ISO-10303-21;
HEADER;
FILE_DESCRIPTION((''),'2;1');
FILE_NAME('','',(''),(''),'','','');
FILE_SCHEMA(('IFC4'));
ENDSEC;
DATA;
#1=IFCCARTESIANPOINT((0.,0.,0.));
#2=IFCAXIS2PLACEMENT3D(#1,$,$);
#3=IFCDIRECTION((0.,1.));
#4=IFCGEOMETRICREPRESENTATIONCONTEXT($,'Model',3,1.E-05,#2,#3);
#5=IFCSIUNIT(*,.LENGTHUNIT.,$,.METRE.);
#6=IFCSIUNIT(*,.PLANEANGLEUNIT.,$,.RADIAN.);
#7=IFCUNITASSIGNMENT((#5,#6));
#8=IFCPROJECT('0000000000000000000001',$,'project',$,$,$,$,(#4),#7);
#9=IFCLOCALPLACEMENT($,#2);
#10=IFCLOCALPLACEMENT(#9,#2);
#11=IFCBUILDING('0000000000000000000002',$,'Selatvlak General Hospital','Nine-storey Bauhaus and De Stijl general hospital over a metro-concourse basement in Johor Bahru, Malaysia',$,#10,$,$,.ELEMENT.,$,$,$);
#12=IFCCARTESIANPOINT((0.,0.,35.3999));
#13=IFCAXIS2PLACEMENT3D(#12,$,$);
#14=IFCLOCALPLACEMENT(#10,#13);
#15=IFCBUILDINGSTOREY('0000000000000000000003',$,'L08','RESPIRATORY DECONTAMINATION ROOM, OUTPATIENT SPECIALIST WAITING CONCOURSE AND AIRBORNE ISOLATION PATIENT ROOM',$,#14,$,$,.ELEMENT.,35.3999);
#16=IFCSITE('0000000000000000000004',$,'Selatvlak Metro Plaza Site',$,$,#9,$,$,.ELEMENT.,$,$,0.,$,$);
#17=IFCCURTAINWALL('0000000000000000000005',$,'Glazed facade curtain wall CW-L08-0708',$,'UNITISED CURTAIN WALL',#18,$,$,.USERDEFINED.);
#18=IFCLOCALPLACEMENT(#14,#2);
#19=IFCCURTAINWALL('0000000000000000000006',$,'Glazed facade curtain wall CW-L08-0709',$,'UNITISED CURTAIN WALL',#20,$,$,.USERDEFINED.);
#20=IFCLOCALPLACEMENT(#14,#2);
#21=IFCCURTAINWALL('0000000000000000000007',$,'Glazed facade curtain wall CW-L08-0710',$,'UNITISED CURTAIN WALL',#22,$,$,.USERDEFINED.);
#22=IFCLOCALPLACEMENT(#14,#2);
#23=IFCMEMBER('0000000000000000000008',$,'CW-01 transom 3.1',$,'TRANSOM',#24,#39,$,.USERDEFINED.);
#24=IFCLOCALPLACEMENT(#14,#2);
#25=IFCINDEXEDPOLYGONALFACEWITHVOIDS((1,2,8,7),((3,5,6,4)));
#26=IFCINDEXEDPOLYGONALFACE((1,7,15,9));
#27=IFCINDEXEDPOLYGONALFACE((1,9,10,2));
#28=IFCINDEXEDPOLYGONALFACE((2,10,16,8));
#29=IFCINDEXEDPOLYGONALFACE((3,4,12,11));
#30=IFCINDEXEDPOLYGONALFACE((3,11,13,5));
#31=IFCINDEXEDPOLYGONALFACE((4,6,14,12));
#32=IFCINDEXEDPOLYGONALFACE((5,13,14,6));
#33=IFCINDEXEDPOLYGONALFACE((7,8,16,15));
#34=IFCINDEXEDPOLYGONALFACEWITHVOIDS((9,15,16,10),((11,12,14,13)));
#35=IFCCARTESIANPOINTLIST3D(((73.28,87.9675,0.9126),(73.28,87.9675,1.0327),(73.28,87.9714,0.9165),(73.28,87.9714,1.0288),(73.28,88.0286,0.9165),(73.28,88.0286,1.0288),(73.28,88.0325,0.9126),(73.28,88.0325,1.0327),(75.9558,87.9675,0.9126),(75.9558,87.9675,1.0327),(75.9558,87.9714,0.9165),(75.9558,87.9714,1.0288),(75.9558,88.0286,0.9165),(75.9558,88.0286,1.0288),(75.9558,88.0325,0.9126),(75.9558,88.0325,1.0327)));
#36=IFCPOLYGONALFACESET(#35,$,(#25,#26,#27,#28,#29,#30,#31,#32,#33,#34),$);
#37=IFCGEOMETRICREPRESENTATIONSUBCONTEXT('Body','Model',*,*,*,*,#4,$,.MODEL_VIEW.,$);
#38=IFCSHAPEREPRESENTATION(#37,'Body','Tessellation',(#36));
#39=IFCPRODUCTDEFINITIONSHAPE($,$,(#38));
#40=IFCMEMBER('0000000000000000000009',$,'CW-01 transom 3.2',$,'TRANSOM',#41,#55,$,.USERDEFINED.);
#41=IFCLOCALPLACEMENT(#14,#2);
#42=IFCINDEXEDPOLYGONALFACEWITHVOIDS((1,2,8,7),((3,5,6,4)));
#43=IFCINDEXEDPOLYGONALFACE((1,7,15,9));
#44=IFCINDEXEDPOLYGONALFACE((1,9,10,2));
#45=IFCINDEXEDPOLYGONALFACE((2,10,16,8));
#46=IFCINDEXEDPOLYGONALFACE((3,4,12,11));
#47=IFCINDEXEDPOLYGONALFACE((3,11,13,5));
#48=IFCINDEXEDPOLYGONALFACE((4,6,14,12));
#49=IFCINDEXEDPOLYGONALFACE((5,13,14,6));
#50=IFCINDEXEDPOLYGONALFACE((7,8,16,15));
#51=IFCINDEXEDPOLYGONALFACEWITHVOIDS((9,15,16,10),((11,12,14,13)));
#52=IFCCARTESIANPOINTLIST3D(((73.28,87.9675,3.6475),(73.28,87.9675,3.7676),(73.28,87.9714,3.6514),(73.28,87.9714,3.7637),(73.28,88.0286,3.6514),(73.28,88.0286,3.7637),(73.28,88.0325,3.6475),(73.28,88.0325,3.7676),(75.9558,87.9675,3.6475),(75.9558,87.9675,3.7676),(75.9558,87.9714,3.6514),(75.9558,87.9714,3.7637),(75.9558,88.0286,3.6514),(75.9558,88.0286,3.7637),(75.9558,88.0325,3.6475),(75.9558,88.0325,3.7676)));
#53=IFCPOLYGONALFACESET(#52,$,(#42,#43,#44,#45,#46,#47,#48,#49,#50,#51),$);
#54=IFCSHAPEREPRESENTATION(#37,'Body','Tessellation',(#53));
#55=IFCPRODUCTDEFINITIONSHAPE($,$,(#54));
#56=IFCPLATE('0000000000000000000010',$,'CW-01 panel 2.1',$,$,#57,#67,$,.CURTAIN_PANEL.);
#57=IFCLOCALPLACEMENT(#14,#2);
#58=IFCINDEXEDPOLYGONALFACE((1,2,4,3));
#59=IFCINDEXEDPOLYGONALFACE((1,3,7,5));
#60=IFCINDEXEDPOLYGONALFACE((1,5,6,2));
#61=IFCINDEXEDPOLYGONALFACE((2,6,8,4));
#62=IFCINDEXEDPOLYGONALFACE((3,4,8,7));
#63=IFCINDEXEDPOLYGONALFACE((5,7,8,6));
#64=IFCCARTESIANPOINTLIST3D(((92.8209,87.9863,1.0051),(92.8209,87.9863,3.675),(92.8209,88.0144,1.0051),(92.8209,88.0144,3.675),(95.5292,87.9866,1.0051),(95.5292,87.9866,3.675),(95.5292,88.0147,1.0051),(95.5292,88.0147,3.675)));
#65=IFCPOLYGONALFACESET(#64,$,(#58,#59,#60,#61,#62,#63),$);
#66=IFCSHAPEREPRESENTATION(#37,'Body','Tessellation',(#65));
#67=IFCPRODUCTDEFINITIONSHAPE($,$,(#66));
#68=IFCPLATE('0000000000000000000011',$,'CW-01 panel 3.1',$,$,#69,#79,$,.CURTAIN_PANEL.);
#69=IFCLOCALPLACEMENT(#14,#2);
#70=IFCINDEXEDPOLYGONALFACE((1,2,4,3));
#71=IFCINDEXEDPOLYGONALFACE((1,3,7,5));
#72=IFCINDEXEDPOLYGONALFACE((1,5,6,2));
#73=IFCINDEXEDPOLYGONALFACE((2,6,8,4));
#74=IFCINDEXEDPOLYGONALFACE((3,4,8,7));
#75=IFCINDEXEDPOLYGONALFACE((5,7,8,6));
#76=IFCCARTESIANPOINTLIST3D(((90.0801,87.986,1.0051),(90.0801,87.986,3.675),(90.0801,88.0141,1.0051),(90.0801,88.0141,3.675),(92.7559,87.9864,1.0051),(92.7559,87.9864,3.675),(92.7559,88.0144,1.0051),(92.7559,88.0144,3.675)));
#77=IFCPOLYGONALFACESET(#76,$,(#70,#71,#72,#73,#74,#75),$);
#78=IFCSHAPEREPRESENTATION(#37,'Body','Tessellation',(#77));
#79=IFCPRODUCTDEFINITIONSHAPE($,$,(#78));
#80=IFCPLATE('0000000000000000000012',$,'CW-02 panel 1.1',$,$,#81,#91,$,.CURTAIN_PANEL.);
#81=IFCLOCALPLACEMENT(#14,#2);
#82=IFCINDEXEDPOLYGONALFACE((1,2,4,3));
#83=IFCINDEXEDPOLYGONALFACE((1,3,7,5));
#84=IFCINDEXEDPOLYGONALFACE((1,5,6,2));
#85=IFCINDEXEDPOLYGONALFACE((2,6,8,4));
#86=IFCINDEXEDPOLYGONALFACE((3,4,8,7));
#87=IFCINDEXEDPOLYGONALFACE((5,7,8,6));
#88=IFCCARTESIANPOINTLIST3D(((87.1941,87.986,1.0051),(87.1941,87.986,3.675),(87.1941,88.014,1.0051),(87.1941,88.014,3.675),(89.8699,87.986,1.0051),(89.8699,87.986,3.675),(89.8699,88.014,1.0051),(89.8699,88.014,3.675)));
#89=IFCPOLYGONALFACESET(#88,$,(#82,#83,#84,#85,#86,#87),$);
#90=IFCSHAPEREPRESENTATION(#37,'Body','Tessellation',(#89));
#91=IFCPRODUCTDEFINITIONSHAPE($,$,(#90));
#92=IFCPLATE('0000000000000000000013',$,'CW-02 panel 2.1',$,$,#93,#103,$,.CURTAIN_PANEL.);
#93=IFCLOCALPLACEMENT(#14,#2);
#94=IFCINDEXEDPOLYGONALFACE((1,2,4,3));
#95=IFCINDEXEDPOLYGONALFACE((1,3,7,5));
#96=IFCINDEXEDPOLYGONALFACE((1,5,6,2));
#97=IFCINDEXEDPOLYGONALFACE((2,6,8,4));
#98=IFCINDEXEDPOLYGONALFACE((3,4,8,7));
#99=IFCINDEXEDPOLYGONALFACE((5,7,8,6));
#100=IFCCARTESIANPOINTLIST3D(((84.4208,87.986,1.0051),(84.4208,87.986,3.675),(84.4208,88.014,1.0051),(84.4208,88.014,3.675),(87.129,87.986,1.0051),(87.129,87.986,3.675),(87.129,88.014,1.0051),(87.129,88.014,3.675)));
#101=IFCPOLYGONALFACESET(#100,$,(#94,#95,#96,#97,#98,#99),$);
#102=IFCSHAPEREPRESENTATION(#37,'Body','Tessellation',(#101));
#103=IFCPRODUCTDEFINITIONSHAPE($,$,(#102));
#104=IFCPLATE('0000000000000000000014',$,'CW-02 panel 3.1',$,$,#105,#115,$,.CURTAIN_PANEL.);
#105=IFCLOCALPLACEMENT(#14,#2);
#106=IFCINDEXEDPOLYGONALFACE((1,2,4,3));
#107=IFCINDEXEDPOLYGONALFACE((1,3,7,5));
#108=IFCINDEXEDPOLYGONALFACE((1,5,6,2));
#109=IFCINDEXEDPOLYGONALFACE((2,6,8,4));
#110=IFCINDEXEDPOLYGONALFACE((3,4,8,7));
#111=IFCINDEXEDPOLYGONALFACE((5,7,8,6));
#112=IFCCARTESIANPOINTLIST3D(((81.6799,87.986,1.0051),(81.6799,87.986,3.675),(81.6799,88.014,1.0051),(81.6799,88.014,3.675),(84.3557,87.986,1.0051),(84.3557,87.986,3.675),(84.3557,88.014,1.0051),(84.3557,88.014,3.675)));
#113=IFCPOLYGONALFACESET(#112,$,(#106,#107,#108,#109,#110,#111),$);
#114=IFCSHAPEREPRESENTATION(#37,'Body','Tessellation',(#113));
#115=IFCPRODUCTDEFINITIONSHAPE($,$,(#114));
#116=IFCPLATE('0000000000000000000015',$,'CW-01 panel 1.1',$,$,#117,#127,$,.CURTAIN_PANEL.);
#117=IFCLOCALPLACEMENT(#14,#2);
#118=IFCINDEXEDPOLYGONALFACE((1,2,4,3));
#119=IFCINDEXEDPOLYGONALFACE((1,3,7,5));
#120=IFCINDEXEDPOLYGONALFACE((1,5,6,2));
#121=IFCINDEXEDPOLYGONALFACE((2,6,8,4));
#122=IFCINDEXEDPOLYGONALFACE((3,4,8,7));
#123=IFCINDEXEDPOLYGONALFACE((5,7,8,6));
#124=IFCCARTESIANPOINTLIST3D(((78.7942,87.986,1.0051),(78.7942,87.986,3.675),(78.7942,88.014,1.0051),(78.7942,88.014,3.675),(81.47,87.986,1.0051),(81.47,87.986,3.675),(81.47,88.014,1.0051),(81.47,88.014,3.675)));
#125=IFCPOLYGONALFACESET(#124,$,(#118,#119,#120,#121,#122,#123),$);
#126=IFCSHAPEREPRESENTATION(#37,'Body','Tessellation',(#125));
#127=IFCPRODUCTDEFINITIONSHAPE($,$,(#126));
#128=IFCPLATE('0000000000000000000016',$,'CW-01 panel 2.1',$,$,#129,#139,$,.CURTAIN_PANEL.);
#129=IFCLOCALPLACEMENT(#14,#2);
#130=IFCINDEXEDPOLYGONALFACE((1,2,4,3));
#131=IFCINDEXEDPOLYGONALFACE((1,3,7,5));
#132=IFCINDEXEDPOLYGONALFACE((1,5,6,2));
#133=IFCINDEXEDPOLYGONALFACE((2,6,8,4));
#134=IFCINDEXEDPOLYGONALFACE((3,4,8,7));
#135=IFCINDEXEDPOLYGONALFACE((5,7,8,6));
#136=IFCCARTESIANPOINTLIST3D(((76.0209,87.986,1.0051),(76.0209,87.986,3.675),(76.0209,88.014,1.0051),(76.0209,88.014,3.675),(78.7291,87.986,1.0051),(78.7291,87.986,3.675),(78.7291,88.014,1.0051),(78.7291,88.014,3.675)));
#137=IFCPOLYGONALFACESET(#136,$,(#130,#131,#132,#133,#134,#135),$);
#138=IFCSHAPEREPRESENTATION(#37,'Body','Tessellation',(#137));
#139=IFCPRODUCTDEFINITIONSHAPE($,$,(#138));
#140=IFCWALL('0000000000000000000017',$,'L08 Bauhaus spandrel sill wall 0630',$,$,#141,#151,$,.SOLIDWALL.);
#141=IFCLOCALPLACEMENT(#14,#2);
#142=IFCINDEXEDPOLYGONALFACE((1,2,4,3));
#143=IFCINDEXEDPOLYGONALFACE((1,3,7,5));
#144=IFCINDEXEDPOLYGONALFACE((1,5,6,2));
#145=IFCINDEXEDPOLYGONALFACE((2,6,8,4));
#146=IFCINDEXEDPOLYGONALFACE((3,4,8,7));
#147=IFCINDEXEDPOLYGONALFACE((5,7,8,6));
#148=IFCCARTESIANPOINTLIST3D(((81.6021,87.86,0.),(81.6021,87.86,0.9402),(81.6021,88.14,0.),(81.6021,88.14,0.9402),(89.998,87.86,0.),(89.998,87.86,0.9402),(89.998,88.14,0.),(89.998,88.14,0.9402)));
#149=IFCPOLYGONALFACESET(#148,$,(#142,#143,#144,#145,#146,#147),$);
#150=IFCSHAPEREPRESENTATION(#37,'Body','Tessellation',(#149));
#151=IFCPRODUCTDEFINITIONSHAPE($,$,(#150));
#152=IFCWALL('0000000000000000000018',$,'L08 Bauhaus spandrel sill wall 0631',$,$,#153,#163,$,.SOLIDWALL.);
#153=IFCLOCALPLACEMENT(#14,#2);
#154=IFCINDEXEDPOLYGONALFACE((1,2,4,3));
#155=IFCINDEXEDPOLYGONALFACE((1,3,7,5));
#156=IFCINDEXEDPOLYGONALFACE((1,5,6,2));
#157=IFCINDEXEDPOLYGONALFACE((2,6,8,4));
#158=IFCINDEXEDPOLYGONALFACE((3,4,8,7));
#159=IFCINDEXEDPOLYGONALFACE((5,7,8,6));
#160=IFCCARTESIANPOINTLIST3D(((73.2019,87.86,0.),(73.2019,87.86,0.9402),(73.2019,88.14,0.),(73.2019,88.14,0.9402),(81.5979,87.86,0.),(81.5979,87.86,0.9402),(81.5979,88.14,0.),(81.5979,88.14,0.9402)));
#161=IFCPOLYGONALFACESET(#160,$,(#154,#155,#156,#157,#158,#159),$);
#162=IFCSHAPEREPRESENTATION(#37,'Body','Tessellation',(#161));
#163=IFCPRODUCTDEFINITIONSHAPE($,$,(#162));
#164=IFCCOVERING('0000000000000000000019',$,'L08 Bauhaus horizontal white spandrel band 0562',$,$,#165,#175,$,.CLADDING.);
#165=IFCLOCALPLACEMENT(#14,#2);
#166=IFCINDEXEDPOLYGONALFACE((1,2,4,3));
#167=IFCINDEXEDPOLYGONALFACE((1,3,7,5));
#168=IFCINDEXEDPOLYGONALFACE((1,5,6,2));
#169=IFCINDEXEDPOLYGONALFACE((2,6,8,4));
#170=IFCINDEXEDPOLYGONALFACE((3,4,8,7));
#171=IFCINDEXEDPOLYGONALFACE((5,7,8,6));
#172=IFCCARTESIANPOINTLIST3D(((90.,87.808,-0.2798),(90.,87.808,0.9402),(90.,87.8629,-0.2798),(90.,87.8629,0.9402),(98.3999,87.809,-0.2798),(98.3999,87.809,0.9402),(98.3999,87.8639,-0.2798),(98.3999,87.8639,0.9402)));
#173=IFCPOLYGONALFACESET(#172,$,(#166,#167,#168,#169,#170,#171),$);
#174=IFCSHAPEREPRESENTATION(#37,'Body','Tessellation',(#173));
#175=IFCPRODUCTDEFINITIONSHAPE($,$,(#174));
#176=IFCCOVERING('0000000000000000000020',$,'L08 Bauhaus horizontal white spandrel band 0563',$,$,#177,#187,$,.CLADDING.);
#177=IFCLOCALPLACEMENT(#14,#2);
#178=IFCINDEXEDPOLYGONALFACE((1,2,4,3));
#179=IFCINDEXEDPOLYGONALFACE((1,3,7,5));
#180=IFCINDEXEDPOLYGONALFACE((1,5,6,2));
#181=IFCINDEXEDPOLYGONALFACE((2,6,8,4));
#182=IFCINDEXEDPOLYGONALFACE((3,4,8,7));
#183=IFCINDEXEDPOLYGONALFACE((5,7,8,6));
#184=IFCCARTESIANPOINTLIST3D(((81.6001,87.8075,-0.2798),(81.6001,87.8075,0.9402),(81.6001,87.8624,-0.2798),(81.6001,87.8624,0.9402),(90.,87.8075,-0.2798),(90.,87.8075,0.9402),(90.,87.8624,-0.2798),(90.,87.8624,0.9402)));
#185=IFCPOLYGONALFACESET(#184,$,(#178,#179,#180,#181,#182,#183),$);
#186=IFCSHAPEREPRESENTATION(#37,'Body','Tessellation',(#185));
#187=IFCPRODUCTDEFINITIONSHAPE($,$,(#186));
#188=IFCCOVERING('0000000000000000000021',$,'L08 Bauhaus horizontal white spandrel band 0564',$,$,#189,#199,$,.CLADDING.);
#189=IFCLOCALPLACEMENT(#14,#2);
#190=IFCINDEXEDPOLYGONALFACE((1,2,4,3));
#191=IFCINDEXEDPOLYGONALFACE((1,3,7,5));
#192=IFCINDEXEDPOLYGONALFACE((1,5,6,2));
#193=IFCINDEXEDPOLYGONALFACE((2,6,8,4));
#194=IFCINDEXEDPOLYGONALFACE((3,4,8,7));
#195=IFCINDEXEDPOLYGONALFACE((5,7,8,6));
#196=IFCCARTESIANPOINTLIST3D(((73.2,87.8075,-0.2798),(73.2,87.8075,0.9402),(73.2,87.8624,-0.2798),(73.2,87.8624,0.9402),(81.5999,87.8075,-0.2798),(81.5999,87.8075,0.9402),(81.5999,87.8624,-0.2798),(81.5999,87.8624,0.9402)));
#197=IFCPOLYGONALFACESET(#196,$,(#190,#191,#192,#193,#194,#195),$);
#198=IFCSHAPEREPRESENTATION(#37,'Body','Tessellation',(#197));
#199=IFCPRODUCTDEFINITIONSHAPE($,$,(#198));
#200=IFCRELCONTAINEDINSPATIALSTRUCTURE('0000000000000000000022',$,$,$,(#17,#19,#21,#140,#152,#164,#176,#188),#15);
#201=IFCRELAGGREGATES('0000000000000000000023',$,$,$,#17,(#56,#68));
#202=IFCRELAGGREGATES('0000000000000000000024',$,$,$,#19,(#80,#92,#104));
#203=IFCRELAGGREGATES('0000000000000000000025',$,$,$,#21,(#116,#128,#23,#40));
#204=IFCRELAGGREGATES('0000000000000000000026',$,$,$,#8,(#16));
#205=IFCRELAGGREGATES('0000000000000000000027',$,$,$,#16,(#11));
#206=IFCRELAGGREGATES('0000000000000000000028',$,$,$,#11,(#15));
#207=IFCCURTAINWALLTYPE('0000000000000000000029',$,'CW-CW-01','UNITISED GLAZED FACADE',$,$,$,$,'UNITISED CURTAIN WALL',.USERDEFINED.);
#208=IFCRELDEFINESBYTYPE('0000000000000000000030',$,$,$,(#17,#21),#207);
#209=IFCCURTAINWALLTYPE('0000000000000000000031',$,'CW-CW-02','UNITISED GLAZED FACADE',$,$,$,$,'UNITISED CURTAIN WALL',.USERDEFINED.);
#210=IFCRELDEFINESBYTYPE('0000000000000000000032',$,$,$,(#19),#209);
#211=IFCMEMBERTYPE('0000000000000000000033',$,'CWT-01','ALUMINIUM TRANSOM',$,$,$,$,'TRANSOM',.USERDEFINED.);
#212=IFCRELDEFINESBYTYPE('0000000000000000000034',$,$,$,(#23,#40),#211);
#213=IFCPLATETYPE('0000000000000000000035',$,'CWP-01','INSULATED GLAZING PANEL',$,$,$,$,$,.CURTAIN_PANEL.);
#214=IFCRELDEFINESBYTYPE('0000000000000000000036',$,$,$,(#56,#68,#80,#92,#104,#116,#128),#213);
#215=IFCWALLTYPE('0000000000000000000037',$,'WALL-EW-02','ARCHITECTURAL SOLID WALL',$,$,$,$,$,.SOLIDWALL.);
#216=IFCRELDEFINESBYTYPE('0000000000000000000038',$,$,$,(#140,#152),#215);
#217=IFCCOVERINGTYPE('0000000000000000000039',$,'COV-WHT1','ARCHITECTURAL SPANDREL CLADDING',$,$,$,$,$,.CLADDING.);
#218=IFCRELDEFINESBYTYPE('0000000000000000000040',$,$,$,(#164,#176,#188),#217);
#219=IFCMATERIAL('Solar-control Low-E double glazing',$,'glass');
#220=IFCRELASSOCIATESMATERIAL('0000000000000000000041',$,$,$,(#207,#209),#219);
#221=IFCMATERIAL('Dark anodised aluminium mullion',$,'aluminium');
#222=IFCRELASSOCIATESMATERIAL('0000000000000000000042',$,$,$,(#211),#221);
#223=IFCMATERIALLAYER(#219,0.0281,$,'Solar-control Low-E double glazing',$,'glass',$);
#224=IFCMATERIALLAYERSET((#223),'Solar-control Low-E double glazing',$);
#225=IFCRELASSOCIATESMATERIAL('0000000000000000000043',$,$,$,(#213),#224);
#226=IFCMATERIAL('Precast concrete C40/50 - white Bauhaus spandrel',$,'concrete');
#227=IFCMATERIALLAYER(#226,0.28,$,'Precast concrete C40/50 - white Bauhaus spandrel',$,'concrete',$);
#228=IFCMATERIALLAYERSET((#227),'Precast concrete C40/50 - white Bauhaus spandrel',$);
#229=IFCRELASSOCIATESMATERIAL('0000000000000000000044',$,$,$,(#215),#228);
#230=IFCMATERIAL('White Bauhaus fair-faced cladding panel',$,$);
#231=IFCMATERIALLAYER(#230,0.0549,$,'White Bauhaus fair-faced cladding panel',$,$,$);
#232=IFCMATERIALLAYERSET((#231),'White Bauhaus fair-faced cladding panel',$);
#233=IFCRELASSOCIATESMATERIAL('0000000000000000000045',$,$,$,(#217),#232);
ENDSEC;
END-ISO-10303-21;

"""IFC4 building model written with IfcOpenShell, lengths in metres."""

from ifc_helpers import new_model, si_unit, direction, frame, frame_2d, origin, origin_2d, place, context, subcontext, project, spatial, rectangle, hollow_rectangle, extrude, material, layer, layer_set, material_profile, profile_set, type_object, element, aggregate, save


model = new_model("IFC4")

# Units and contexts
model_context = context("Model", 3, precision=1e-05, world=origin(), true_north=direction((0.0, 1.0)))
body_context = subcontext(model_context, "Body", "Model", "MODEL_VIEW")
ifc_project = project(units=[si_unit("LENGTHUNIT", "METRE"), si_unit("PLANEANGLEUNIT", "RADIAN")], contexts=[model_context])

# Site, building, storey
site_placement = place(None, origin())
site = spatial("IfcSite", under=ifc_project, at=site_placement, Name="Selatvlak Metro Plaza Site", CompositionType="ELEMENT", RefElevation=0.0)
building_placement = place(site_placement, origin())
building = spatial("IfcBuilding", under=site, at=building_placement, Name="Selatvlak General Hospital", Description="Nine-storey Bauhaus and De Stijl general hospital over a metro-concourse basement in Johor Bahru, Malaysia", CompositionType="ELEMENT")
storey_placement = place(building_placement, frame((0.0, 0.0, 35.3999)))
storey = spatial("IfcBuildingStorey", under=building, at=storey_placement, Name="L08", Description="RESPIRATORY DECONTAMINATION ROOM, OUTPATIENT SPECIALIST WAITING CONCOURSE AND AIRBORNE ISOLATION PATIENT ROOM", CompositionType="ELEMENT", Elevation=35.3999)

# Curtain walls
ifc_material_1 = material(Name="Solar-control Low-E double glazing", Category="glass")
curtain_wall_type_1 = type_object("IfcCurtainWallType", Name="CW-CW-01", Description="UNITISED GLAZED FACADE", ElementType="UNITISED CURTAIN WALL", PredefinedType="USERDEFINED", material=ifc_material_1)
curtain_wall_1_placement = place(storey_placement, origin())
curtain_wall_1 = element("IfcCurtainWall", 1, at=curtain_wall_1_placement, inside=storey, type_object=curtain_wall_type_1, Name="Glazed facade curtain wall CW-L08-0708", ObjectType="UNITISED CURTAIN WALL", PredefinedType="USERDEFINED")
ifc_material_2 = material(Name="Dark anodised aluminium mullion", Category="aluminium")
curtain_wall_type_2 = type_object("IfcCurtainWallType", Name="CW-CW-02", Description="UNITISED GLAZED FACADE", ElementType="UNITISED CURTAIN WALL", PredefinedType="USERDEFINED", material=ifc_material_1)
curtain_wall_2_placement = place(storey_placement, origin())
curtain_wall_2 = element("IfcCurtainWall", 2, at=curtain_wall_2_placement, inside=storey, type_object=curtain_wall_type_2, Name="Glazed facade curtain wall CW-L08-0709", ObjectType="UNITISED CURTAIN WALL", PredefinedType="USERDEFINED")
curtain_wall_3_placement = place(storey_placement, origin())
curtain_wall_3 = element("IfcCurtainWall", 3, at=curtain_wall_3_placement, inside=storey, type_object=curtain_wall_type_1, Name="Glazed facade curtain wall CW-L08-0710", ObjectType="UNITISED CURTAIN WALL", PredefinedType="USERDEFINED")

# Members
ifc_material_profile_1 = material_profile(ifc_material_2, hollow_rectangle(XDim=0.0649, YDim=0.1201, WallThickness=0.0039, at=origin_2d()), Name="AL-TRN 65x120x4")
ifc_profile_set_1 = profile_set([ifc_material_profile_1], Name="Dark anodised aluminium mullion")
member_type_1 = type_object("IfcMemberType", Name="CWT-01", Description="ALUMINIUM TRANSOM", ElementType="TRANSOM", PredefinedType="USERDEFINED", material=ifc_profile_set_1)
member_1_placement = place(storey_placement, frame((75.9558, 88.0, 0.9727), z_axis=(-1.0, 0.0, 0.0), x_axis=(0.0, -1.0, 0.0)))
member_1 = element("IfcMember", 4, at=member_1_placement, type_object=member_type_1, Name="CW-01 transom 3.1", ObjectType="TRANSOM", PredefinedType="USERDEFINED", context=body_context, shape_type="SweptSolid", body=[
    extrude(hollow_rectangle(XDim=0.0649, YDim=0.1201, WallThickness=0.0039, at=origin_2d()), origin(), (0.0, 0.0, 1.0), 2.6758),
])
member_2_placement = place(storey_placement, frame((75.9558, 88.0, 3.7075), z_axis=(-1.0, 0.0, 0.0), x_axis=(0.0, -1.0, 0.0)))
member_2 = element("IfcMember", 5, at=member_2_placement, type_object=member_type_1, Name="CW-01 transom 3.2", ObjectType="TRANSOM", PredefinedType="USERDEFINED", context=body_context, shape_type="SweptSolid", body=[
    extrude(hollow_rectangle(XDim=0.0649, YDim=0.1201, WallThickness=0.0039, at=origin_2d()), origin(), (0.0, 0.0, 1.0), 2.6758),
])

# Plates
ifc_layer_1 = layer(ifc_material_1, 0.0281, Name="Solar-control Low-E double glazing", Category="glass")
ifc_layer_set_1 = layer_set([ifc_layer_1], Name="Solar-control Low-E double glazing")
plate_type = type_object("IfcPlateType", Name="CWP-01", Description="INSULATED GLAZING PANEL", PredefinedType="CURTAIN_PANEL", material=ifc_layer_set_1)
plate_1_placement = place(storey_placement, frame((94.175, 88.0005, 1.0051), z_axis=(0.0, 0.0, 1.0), x_axis=(-1.0, -0.00012, 0.0)))
plate_1 = element("IfcPlate", 6, at=plate_1_placement, type_object=plate_type, Name="CW-01 panel 2.1", PredefinedType="CURTAIN_PANEL", context=body_context, shape_type="SweptSolid", body=[
    extrude(rectangle(XDim=2.7083, YDim=0.0281, at=origin_2d()), origin(), (0.0, 0.0, 1.0), 2.6699),
])
plate_2_placement = place(storey_placement, frame((91.418, 88.0002, 1.0051), z_axis=(0.0, 0.0, 1.0), x_axis=(-1.0, -0.00012, 0.0)))
plate_2 = element("IfcPlate", 7, at=plate_2_placement, type_object=plate_type, Name="CW-01 panel 3.1", PredefinedType="CURTAIN_PANEL", context=body_context, shape_type="SweptSolid", body=[
    extrude(rectangle(XDim=2.6758, YDim=0.0281, at=origin_2d()), origin(), (0.0, 0.0, 1.0), 2.6699),
])
aggregate(curtain_wall_1, [plate_1, plate_2])
plate_3_placement = place(storey_placement, frame((88.532, 88.0, 1.0051), z_axis=(0.0, 0.0, 1.0), x_axis=(-1.0, 0.0, 0.0)))
plate_3 = element("IfcPlate", 8, at=plate_3_placement, type_object=plate_type, Name="CW-02 panel 1.1", PredefinedType="CURTAIN_PANEL", context=body_context, shape_type="SweptSolid", body=[
    extrude(rectangle(XDim=2.6758, YDim=0.0281, at=origin_2d()), origin(), (0.0, 0.0, 1.0), 2.6699),
])
plate_4_placement = place(storey_placement, frame((85.7749, 88.0, 1.0051), z_axis=(0.0, 0.0, 1.0), x_axis=(-1.0, 0.0, 0.0)))
plate_4 = element("IfcPlate", 9, at=plate_4_placement, type_object=plate_type, Name="CW-02 panel 2.1", PredefinedType="CURTAIN_PANEL", context=body_context, shape_type="SweptSolid", body=[
    extrude(rectangle(XDim=2.7083, YDim=0.0281, at=origin_2d()), origin(), (0.0, 0.0, 1.0), 2.6699),
])
plate_5_placement = place(storey_placement, frame((83.0178, 88.0, 1.0051), z_axis=(0.0, 0.0, 1.0), x_axis=(-1.0, 0.0, 0.0)))
plate_5 = element("IfcPlate", 10, at=plate_5_placement, type_object=plate_type, Name="CW-02 panel 3.1", PredefinedType="CURTAIN_PANEL", context=body_context, shape_type="SweptSolid", body=[
    extrude(rectangle(XDim=2.6758, YDim=0.0281, at=origin_2d()), origin(), (0.0, 0.0, 1.0), 2.6699),
])
aggregate(curtain_wall_2, [plate_3, plate_4, plate_5])
plate_6_placement = place(storey_placement, frame((80.1321, 88.0, 1.0051), z_axis=(0.0, 0.0, 1.0), x_axis=(-1.0, 0.0, 0.0)))
plate_6 = element("IfcPlate", 11, at=plate_6_placement, type_object=plate_type, Name="CW-01 panel 1.1", PredefinedType="CURTAIN_PANEL", context=body_context, shape_type="SweptSolid", body=[
    extrude(rectangle(XDim=2.6758, YDim=0.0281, at=origin_2d()), origin(), (0.0, 0.0, 1.0), 2.6699),
])
plate_7_placement = place(storey_placement, frame((77.375, 88.0, 1.0051), z_axis=(0.0, 0.0, 1.0), x_axis=(-1.0, 0.0, 0.0)))
plate_7 = element("IfcPlate", 12, at=plate_7_placement, type_object=plate_type, Name="CW-01 panel 2.1", PredefinedType="CURTAIN_PANEL", context=body_context, shape_type="SweptSolid", body=[
    extrude(rectangle(XDim=2.7083, YDim=0.0281, at=origin_2d()), origin(), (0.0, 0.0, 1.0), 2.6699),
])
aggregate(curtain_wall_3, [plate_6, plate_7, member_1, member_2])

# Walls
ifc_material_3 = material(Name="Precast concrete C40/50 - white Bauhaus spandrel", Category="concrete")
ifc_layer_2 = layer(ifc_material_3, 0.28, Name="Precast concrete C40/50 - white Bauhaus spandrel", Category="concrete")
ifc_layer_set_2 = layer_set([ifc_layer_2], Name="Precast concrete C40/50 - white Bauhaus spandrel")
wall_type = type_object("IfcWallType", Name="WALL-EW-02", Description="ARCHITECTURAL SOLID WALL", PredefinedType="SOLIDWALL", material=ifc_layer_set_2)
for number, where, z_axis, x_axis, name in (
    (13, (89.998, 88.0, 0.0), (0.0, 0.0, 1.0), (-1.0, 0.0, 0.0), "L08 Bauhaus spandrel sill wall 0630"),
    (14, (81.5979, 88.0, 0.0), (0.0, 0.0, 1.0), (-1.0, 0.0, 0.0), "L08 Bauhaus spandrel sill wall 0631"),
):
    element("IfcWall", number, at=place(storey_placement, frame(where, z_axis=z_axis, x_axis=x_axis)), inside=storey, type_object=wall_type, Name=name, PredefinedType="SOLIDWALL", context=body_context, shape_type="SweptSolid", body=[
        extrude(rectangle(XDim=8.396, YDim=0.28, at=frame_2d((4.198, 0.0))), origin(), (0.0, 0.0, 1.0), 0.9402),
    ])

# Coverings
ifc_material_4 = material(Name="White Bauhaus fair-faced cladding panel")
ifc_layer_3 = layer(ifc_material_4, 0.0549, Name="White Bauhaus fair-faced cladding panel")
ifc_layer_set_3 = layer_set([ifc_layer_3], Name="White Bauhaus fair-faced cladding panel")
covering_type = type_object("IfcCoveringType", Name="COV-WHT1", Description="ARCHITECTURAL SPANDREL CLADDING", PredefinedType="CLADDING", material=ifc_layer_set_3)
for number, where, z_axis, x_axis, name in (
    (15, (94.2, 87.8359, -0.2798), (0.0, 0.0, 1.0), (-1.0, -0.000122, 0.0), "L08 Bauhaus horizontal white spandrel band 0562"),
    (16, (85.8, 87.835, -0.2798), (0.0, 0.0, 1.0), (-1.0, 0.0, 0.0), "L08 Bauhaus horizontal white spandrel band 0563"),
    (17, (77.3999, 87.835, -0.2798), (0.0, 0.0, 1.0), (-1.0, 0.0, 0.0), "L08 Bauhaus horizontal white spandrel band 0564"),
):
    element("IfcCovering", number, at=place(storey_placement, frame(where, z_axis=z_axis, x_axis=x_axis)), inside=storey, type_object=covering_type, Name=name, PredefinedType="CLADDING", context=body_context, shape_type="SweptSolid", body=[
        extrude(rectangle(XDim=8.3999, YDim=0.0549, at=origin_2d()), origin(), (0.0, 0.0, 1.0), 1.22),
    ])

save(model, "model.ifc")
